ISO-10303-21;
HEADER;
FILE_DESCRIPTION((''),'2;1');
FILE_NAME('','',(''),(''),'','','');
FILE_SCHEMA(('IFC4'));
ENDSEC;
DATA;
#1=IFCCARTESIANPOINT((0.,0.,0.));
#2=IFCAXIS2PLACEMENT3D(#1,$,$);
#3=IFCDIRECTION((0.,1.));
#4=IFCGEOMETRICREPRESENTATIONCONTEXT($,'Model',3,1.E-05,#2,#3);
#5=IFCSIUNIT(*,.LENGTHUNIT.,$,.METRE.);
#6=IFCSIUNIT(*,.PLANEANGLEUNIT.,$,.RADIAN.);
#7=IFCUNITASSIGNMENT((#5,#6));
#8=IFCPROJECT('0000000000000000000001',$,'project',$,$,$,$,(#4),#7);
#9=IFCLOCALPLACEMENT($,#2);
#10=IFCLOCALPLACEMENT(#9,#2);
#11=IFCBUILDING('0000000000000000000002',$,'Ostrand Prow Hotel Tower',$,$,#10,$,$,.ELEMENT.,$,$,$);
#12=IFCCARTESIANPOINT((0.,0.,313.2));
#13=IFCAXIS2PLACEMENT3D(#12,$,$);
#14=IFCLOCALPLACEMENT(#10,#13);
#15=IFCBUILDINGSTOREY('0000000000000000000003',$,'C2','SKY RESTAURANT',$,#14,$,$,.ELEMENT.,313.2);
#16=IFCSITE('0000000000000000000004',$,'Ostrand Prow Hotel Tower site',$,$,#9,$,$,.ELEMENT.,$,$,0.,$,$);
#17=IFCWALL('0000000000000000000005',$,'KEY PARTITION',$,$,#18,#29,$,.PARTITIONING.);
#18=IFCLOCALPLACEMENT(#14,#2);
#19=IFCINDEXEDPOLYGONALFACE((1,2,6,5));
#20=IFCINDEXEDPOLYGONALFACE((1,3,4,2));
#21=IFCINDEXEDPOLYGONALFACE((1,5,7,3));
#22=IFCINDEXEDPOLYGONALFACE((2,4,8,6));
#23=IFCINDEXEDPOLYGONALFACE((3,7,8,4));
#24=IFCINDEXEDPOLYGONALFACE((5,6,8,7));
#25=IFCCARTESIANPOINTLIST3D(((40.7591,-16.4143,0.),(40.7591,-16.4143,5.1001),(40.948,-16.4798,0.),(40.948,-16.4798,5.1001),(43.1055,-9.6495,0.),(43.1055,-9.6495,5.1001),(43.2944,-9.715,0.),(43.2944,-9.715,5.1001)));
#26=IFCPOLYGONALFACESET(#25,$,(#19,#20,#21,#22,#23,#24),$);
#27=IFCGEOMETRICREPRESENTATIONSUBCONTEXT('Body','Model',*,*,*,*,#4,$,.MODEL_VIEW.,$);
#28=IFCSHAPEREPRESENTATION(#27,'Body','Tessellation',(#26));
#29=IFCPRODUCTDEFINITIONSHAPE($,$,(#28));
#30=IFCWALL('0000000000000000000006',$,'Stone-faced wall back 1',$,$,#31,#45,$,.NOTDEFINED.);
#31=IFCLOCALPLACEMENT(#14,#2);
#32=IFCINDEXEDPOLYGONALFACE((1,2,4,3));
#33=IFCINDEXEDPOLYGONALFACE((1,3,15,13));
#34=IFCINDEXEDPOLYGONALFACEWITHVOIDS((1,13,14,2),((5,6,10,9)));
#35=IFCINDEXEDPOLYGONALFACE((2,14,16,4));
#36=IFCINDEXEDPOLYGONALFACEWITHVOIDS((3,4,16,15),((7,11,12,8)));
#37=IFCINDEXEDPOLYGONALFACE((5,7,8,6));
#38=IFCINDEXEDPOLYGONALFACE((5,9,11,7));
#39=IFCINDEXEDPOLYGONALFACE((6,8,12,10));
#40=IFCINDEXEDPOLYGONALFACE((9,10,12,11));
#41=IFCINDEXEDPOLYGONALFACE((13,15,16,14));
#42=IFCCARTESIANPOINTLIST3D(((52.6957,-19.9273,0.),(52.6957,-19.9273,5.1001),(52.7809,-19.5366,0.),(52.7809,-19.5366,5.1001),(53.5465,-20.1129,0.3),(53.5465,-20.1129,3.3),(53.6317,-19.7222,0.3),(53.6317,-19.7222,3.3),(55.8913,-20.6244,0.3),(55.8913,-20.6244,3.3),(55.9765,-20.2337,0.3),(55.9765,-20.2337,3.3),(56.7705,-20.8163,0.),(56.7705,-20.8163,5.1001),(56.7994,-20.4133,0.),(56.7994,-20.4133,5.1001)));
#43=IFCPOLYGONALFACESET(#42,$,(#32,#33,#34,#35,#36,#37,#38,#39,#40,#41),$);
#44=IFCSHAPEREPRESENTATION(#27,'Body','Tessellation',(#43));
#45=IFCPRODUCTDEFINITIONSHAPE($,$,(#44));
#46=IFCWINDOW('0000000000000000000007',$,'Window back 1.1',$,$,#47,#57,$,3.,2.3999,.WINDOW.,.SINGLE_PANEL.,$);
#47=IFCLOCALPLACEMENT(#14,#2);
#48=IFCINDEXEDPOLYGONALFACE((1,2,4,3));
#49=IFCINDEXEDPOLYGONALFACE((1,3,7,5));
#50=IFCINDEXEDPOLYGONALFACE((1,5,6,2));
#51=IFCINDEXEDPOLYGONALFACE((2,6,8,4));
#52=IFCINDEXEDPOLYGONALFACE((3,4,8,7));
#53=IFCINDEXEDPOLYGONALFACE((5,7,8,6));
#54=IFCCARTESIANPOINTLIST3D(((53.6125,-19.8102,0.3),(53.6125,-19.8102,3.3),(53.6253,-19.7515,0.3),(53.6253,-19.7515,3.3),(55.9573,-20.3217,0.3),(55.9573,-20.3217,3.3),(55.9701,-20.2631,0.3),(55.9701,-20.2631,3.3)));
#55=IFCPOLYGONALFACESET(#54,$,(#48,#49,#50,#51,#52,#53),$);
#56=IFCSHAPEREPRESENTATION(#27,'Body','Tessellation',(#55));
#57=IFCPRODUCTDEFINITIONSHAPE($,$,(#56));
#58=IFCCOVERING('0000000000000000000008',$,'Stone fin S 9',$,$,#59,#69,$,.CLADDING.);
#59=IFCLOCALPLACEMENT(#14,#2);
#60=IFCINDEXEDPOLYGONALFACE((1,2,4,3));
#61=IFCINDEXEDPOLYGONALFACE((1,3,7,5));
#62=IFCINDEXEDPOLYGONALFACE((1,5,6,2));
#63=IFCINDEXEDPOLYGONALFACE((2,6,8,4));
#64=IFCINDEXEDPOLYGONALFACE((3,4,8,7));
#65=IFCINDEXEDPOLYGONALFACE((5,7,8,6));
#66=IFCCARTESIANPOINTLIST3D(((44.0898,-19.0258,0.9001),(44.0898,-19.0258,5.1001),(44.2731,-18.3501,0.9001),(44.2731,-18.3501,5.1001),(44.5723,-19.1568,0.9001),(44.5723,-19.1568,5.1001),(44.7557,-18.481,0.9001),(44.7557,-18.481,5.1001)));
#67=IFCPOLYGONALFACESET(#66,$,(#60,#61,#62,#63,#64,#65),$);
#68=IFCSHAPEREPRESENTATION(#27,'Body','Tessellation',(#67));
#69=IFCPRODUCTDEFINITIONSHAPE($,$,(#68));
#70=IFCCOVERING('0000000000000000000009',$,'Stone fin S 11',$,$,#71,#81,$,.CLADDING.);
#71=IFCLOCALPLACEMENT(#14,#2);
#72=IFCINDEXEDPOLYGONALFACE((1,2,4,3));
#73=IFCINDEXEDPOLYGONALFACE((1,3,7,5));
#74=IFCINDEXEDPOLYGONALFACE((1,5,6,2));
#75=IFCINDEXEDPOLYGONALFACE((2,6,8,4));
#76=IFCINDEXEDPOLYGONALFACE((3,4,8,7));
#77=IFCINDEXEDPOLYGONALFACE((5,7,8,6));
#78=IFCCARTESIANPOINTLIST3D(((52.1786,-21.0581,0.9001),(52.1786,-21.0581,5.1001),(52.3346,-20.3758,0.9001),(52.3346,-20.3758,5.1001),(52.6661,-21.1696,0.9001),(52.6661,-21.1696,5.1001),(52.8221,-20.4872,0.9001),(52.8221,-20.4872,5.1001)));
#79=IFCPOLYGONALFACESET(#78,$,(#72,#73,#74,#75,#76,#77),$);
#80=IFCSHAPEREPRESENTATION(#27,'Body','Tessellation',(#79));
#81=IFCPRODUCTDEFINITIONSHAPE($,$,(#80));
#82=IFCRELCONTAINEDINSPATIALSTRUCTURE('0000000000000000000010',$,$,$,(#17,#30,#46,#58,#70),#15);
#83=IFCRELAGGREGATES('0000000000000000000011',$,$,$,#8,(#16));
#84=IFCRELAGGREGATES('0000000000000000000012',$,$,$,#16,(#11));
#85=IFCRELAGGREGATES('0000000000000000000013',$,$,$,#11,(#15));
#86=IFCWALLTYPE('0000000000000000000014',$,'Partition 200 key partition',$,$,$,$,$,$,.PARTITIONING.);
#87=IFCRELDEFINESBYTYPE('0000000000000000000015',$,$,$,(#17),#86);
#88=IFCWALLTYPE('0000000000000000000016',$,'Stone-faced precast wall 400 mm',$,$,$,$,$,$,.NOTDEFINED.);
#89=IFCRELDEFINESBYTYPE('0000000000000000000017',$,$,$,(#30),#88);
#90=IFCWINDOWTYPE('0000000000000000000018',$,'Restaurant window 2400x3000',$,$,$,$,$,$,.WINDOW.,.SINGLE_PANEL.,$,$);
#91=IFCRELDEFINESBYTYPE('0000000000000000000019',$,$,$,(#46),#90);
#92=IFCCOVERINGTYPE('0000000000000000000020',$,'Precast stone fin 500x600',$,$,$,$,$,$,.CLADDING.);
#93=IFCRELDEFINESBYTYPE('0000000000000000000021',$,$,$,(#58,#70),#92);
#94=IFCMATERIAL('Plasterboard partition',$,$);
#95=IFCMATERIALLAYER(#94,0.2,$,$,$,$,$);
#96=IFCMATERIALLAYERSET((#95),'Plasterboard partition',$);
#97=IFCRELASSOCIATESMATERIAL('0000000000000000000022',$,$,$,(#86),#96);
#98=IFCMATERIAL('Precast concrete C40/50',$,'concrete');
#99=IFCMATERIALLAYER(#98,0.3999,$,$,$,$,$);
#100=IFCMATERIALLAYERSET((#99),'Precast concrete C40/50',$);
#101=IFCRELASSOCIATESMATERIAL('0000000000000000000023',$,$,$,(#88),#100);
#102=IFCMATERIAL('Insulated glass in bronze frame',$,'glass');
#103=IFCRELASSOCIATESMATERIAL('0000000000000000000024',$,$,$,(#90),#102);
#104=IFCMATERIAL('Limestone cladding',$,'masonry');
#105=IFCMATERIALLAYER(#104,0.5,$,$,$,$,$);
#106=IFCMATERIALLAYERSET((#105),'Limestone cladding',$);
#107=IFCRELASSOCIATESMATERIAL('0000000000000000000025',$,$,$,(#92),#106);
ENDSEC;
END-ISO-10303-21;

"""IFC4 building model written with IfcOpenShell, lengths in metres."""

from ifc_helpers import new_model, si_unit, direction, frame, frame_2d, origin, place, context, subcontext, project, spatial, polyline, rectangle, outline, extrude, material, layer, layer_set, type_object, element, fill, save


model = new_model("IFC4")

# Units and contexts
model_context = context("Model", 3, precision=1e-05, world=origin(), true_north=direction((0.0, 1.0)))
body_context = subcontext(model_context, "Body", "Model", "MODEL_VIEW")
ifc_project = project(units=[si_unit("LENGTHUNIT", "METRE"), si_unit("PLANEANGLEUNIT", "RADIAN")], contexts=[model_context])

# Site, building, storey
site_placement = place(None, origin())
site = spatial("IfcSite", under=ifc_project, at=site_placement, Name="Ostrand Prow Hotel Tower site", CompositionType="ELEMENT", RefElevation=0.0)
building_placement = place(site_placement, origin())
building = spatial("IfcBuilding", under=site, at=building_placement, Name="Ostrand Prow Hotel Tower", CompositionType="ELEMENT")
storey_placement = place(building_placement, frame((0.0, 0.0, 313.2)))
storey = spatial("IfcBuildingStorey", under=building, at=storey_placement, Name="C2", Description="SKY RESTAURANT", CompositionType="ELEMENT", Elevation=313.2)

# Wall
ifc_material_1 = material(Name="Plasterboard partition")
ifc_layer_1 = layer(ifc_material_1, 0.2)
ifc_layer_set_1 = layer_set([ifc_layer_1], Name="Plasterboard partition")
wall_type_1 = type_object("IfcWallType", Name="Partition 200 key partition", PredefinedType="PARTITIONING", material=ifc_layer_set_1)
wall_1_placement = place(storey_placement, frame((40.8535, -16.447, 0.0), z_axis=(0.0, 0.0, 1.0), x_axis=(0.327702, 0.944781, 0.0)))
element("IfcWall", 1, at=wall_1_placement, inside=storey, type_object=wall_type_1, Name="KEY PARTITION", PredefinedType="PARTITIONING", context=body_context, shape_type="SweptSolid", body=[
    extrude(rectangle(XDim=7.1602, YDim=0.2, at=frame_2d((3.5801, 0.0))), origin(), (0.0, 0.0, 1.0), 5.1001),
])

# Wall, opening, window
ifc_material_2 = material(Name="Precast concrete C40/50", Category="concrete")
ifc_layer_2 = layer(ifc_material_2, 0.3999)
ifc_layer_set_2 = layer_set([ifc_layer_2], Name="Precast concrete C40/50")
wall_type_2 = type_object("IfcWallType", Name="Stone-faced precast wall 400 mm", PredefinedType="NOTDEFINED", material=ifc_layer_set_2)
wall_2_placement = place(storey_placement, frame((52.7383, -19.7319, 0.0), z_axis=(0.0, 0.0, 1.0), x_axis=(0.97702, -0.213147, 0.0)))
wall_2 = element("IfcWall", 2, at=wall_2_placement, inside=storey, type_object=wall_type_2, Name="Stone-faced wall back 1", PredefinedType="NOTDEFINED", context=body_context, shape_type="SweptSolid", body=[
    extrude(outline(polyline([(0.0, -0.2), (4.1707, -0.2), (4.113, 0.2), (0.0, 0.2), (0.0, -0.2)])), origin(), (0.0, 0.0, 1.0), 5.1001),
])
opening_placement = place(wall_2_placement, frame((0.8708, 0.0, 0.3)))
opening = element("IfcOpeningElement", 3, at=opening_placement, cuts=wall_2, PredefinedType="OPENING", context=body_context, shape_type="SweptSolid", body=[
    extrude(rectangle(XDim=2.3999, YDim=3.0, at=frame_2d((1.2, 1.5))), frame((0.0, 0.21, 0.0), z_axis=(0.0, -1.0, 0.0), x_axis=(1.0, 0.0, 0.0)), (0.0, 0.0, 1.0), 0.4199),
])
ifc_material_3 = material(Name="Insulated glass in bronze frame", Category="glass")
window_type = type_object("IfcWindowType", Name="Restaurant window 2400x3000", PartitioningType="SINGLE_PANEL", PredefinedType="WINDOW", material=ifc_material_3)
window_placement = place(opening_placement, origin())
window = element("IfcWindow", 4, at=window_placement, inside=storey, type_object=window_type, Name="Window back 1.1", OverallHeight=3.0, OverallWidth=2.3999, PartitioningType="SINGLE_PANEL", PredefinedType="WINDOW", context=body_context, shape_type="SweptSolid", body=[
    extrude(rectangle(XDim=2.3999, YDim=3.0, at=frame_2d((1.2, 1.5))), frame((0.0, 0.1699, 0.0), z_axis=(0.0, -1.0, 0.0), x_axis=(1.0, 0.0, 0.0)), (0.0, 0.0, 1.0), 0.0601),
])
fill(opening, window)

# Coverings
ifc_material_4 = material(Name="Limestone cladding", Category="masonry")
ifc_layer_3 = layer(ifc_material_4, 0.5)
ifc_layer_set_3 = layer_set([ifc_layer_3], Name="Limestone cladding")
covering_type = type_object("IfcCoveringType", Name="Precast stone fin 500x600", PredefinedType="CLADDING", material=ifc_layer_set_3)
covering_1_placement = place(storey_placement, frame((44.5144, -18.4155, 0.9001), z_axis=(0.0, 0.0, 1.0), x_axis=(-0.261849, -0.965109, 0.0)))
element("IfcCovering", 5, at=covering_1_placement, inside=storey, type_object=covering_type, Name="Stone fin S 9", PredefinedType="CLADDING", context=body_context, shape_type="SweptSolid", body=[
    extrude(rectangle(XDim=0.7002, YDim=0.5, at=frame_2d((0.3501, 0.0))), origin(), (0.0, 0.0, 1.0), 4.2),
])
covering_2_placement = place(storey_placement, frame((52.5784, -20.4314, 0.9001), z_axis=(0.0, 0.0, 1.0), x_axis=(-0.222872, -0.974848, 0.0)))
element("IfcCovering", 6, at=covering_2_placement, inside=storey, type_object=covering_type, Name="Stone fin S 11", PredefinedType="CLADDING", context=body_context, shape_type="SweptSolid", body=[
    extrude(rectangle(XDim=0.7, YDim=0.5, at=frame_2d((0.3501, 0.0))), origin(), (0.0, 0.0, 1.0), 4.2),
])

save(model, "model.ifc")
